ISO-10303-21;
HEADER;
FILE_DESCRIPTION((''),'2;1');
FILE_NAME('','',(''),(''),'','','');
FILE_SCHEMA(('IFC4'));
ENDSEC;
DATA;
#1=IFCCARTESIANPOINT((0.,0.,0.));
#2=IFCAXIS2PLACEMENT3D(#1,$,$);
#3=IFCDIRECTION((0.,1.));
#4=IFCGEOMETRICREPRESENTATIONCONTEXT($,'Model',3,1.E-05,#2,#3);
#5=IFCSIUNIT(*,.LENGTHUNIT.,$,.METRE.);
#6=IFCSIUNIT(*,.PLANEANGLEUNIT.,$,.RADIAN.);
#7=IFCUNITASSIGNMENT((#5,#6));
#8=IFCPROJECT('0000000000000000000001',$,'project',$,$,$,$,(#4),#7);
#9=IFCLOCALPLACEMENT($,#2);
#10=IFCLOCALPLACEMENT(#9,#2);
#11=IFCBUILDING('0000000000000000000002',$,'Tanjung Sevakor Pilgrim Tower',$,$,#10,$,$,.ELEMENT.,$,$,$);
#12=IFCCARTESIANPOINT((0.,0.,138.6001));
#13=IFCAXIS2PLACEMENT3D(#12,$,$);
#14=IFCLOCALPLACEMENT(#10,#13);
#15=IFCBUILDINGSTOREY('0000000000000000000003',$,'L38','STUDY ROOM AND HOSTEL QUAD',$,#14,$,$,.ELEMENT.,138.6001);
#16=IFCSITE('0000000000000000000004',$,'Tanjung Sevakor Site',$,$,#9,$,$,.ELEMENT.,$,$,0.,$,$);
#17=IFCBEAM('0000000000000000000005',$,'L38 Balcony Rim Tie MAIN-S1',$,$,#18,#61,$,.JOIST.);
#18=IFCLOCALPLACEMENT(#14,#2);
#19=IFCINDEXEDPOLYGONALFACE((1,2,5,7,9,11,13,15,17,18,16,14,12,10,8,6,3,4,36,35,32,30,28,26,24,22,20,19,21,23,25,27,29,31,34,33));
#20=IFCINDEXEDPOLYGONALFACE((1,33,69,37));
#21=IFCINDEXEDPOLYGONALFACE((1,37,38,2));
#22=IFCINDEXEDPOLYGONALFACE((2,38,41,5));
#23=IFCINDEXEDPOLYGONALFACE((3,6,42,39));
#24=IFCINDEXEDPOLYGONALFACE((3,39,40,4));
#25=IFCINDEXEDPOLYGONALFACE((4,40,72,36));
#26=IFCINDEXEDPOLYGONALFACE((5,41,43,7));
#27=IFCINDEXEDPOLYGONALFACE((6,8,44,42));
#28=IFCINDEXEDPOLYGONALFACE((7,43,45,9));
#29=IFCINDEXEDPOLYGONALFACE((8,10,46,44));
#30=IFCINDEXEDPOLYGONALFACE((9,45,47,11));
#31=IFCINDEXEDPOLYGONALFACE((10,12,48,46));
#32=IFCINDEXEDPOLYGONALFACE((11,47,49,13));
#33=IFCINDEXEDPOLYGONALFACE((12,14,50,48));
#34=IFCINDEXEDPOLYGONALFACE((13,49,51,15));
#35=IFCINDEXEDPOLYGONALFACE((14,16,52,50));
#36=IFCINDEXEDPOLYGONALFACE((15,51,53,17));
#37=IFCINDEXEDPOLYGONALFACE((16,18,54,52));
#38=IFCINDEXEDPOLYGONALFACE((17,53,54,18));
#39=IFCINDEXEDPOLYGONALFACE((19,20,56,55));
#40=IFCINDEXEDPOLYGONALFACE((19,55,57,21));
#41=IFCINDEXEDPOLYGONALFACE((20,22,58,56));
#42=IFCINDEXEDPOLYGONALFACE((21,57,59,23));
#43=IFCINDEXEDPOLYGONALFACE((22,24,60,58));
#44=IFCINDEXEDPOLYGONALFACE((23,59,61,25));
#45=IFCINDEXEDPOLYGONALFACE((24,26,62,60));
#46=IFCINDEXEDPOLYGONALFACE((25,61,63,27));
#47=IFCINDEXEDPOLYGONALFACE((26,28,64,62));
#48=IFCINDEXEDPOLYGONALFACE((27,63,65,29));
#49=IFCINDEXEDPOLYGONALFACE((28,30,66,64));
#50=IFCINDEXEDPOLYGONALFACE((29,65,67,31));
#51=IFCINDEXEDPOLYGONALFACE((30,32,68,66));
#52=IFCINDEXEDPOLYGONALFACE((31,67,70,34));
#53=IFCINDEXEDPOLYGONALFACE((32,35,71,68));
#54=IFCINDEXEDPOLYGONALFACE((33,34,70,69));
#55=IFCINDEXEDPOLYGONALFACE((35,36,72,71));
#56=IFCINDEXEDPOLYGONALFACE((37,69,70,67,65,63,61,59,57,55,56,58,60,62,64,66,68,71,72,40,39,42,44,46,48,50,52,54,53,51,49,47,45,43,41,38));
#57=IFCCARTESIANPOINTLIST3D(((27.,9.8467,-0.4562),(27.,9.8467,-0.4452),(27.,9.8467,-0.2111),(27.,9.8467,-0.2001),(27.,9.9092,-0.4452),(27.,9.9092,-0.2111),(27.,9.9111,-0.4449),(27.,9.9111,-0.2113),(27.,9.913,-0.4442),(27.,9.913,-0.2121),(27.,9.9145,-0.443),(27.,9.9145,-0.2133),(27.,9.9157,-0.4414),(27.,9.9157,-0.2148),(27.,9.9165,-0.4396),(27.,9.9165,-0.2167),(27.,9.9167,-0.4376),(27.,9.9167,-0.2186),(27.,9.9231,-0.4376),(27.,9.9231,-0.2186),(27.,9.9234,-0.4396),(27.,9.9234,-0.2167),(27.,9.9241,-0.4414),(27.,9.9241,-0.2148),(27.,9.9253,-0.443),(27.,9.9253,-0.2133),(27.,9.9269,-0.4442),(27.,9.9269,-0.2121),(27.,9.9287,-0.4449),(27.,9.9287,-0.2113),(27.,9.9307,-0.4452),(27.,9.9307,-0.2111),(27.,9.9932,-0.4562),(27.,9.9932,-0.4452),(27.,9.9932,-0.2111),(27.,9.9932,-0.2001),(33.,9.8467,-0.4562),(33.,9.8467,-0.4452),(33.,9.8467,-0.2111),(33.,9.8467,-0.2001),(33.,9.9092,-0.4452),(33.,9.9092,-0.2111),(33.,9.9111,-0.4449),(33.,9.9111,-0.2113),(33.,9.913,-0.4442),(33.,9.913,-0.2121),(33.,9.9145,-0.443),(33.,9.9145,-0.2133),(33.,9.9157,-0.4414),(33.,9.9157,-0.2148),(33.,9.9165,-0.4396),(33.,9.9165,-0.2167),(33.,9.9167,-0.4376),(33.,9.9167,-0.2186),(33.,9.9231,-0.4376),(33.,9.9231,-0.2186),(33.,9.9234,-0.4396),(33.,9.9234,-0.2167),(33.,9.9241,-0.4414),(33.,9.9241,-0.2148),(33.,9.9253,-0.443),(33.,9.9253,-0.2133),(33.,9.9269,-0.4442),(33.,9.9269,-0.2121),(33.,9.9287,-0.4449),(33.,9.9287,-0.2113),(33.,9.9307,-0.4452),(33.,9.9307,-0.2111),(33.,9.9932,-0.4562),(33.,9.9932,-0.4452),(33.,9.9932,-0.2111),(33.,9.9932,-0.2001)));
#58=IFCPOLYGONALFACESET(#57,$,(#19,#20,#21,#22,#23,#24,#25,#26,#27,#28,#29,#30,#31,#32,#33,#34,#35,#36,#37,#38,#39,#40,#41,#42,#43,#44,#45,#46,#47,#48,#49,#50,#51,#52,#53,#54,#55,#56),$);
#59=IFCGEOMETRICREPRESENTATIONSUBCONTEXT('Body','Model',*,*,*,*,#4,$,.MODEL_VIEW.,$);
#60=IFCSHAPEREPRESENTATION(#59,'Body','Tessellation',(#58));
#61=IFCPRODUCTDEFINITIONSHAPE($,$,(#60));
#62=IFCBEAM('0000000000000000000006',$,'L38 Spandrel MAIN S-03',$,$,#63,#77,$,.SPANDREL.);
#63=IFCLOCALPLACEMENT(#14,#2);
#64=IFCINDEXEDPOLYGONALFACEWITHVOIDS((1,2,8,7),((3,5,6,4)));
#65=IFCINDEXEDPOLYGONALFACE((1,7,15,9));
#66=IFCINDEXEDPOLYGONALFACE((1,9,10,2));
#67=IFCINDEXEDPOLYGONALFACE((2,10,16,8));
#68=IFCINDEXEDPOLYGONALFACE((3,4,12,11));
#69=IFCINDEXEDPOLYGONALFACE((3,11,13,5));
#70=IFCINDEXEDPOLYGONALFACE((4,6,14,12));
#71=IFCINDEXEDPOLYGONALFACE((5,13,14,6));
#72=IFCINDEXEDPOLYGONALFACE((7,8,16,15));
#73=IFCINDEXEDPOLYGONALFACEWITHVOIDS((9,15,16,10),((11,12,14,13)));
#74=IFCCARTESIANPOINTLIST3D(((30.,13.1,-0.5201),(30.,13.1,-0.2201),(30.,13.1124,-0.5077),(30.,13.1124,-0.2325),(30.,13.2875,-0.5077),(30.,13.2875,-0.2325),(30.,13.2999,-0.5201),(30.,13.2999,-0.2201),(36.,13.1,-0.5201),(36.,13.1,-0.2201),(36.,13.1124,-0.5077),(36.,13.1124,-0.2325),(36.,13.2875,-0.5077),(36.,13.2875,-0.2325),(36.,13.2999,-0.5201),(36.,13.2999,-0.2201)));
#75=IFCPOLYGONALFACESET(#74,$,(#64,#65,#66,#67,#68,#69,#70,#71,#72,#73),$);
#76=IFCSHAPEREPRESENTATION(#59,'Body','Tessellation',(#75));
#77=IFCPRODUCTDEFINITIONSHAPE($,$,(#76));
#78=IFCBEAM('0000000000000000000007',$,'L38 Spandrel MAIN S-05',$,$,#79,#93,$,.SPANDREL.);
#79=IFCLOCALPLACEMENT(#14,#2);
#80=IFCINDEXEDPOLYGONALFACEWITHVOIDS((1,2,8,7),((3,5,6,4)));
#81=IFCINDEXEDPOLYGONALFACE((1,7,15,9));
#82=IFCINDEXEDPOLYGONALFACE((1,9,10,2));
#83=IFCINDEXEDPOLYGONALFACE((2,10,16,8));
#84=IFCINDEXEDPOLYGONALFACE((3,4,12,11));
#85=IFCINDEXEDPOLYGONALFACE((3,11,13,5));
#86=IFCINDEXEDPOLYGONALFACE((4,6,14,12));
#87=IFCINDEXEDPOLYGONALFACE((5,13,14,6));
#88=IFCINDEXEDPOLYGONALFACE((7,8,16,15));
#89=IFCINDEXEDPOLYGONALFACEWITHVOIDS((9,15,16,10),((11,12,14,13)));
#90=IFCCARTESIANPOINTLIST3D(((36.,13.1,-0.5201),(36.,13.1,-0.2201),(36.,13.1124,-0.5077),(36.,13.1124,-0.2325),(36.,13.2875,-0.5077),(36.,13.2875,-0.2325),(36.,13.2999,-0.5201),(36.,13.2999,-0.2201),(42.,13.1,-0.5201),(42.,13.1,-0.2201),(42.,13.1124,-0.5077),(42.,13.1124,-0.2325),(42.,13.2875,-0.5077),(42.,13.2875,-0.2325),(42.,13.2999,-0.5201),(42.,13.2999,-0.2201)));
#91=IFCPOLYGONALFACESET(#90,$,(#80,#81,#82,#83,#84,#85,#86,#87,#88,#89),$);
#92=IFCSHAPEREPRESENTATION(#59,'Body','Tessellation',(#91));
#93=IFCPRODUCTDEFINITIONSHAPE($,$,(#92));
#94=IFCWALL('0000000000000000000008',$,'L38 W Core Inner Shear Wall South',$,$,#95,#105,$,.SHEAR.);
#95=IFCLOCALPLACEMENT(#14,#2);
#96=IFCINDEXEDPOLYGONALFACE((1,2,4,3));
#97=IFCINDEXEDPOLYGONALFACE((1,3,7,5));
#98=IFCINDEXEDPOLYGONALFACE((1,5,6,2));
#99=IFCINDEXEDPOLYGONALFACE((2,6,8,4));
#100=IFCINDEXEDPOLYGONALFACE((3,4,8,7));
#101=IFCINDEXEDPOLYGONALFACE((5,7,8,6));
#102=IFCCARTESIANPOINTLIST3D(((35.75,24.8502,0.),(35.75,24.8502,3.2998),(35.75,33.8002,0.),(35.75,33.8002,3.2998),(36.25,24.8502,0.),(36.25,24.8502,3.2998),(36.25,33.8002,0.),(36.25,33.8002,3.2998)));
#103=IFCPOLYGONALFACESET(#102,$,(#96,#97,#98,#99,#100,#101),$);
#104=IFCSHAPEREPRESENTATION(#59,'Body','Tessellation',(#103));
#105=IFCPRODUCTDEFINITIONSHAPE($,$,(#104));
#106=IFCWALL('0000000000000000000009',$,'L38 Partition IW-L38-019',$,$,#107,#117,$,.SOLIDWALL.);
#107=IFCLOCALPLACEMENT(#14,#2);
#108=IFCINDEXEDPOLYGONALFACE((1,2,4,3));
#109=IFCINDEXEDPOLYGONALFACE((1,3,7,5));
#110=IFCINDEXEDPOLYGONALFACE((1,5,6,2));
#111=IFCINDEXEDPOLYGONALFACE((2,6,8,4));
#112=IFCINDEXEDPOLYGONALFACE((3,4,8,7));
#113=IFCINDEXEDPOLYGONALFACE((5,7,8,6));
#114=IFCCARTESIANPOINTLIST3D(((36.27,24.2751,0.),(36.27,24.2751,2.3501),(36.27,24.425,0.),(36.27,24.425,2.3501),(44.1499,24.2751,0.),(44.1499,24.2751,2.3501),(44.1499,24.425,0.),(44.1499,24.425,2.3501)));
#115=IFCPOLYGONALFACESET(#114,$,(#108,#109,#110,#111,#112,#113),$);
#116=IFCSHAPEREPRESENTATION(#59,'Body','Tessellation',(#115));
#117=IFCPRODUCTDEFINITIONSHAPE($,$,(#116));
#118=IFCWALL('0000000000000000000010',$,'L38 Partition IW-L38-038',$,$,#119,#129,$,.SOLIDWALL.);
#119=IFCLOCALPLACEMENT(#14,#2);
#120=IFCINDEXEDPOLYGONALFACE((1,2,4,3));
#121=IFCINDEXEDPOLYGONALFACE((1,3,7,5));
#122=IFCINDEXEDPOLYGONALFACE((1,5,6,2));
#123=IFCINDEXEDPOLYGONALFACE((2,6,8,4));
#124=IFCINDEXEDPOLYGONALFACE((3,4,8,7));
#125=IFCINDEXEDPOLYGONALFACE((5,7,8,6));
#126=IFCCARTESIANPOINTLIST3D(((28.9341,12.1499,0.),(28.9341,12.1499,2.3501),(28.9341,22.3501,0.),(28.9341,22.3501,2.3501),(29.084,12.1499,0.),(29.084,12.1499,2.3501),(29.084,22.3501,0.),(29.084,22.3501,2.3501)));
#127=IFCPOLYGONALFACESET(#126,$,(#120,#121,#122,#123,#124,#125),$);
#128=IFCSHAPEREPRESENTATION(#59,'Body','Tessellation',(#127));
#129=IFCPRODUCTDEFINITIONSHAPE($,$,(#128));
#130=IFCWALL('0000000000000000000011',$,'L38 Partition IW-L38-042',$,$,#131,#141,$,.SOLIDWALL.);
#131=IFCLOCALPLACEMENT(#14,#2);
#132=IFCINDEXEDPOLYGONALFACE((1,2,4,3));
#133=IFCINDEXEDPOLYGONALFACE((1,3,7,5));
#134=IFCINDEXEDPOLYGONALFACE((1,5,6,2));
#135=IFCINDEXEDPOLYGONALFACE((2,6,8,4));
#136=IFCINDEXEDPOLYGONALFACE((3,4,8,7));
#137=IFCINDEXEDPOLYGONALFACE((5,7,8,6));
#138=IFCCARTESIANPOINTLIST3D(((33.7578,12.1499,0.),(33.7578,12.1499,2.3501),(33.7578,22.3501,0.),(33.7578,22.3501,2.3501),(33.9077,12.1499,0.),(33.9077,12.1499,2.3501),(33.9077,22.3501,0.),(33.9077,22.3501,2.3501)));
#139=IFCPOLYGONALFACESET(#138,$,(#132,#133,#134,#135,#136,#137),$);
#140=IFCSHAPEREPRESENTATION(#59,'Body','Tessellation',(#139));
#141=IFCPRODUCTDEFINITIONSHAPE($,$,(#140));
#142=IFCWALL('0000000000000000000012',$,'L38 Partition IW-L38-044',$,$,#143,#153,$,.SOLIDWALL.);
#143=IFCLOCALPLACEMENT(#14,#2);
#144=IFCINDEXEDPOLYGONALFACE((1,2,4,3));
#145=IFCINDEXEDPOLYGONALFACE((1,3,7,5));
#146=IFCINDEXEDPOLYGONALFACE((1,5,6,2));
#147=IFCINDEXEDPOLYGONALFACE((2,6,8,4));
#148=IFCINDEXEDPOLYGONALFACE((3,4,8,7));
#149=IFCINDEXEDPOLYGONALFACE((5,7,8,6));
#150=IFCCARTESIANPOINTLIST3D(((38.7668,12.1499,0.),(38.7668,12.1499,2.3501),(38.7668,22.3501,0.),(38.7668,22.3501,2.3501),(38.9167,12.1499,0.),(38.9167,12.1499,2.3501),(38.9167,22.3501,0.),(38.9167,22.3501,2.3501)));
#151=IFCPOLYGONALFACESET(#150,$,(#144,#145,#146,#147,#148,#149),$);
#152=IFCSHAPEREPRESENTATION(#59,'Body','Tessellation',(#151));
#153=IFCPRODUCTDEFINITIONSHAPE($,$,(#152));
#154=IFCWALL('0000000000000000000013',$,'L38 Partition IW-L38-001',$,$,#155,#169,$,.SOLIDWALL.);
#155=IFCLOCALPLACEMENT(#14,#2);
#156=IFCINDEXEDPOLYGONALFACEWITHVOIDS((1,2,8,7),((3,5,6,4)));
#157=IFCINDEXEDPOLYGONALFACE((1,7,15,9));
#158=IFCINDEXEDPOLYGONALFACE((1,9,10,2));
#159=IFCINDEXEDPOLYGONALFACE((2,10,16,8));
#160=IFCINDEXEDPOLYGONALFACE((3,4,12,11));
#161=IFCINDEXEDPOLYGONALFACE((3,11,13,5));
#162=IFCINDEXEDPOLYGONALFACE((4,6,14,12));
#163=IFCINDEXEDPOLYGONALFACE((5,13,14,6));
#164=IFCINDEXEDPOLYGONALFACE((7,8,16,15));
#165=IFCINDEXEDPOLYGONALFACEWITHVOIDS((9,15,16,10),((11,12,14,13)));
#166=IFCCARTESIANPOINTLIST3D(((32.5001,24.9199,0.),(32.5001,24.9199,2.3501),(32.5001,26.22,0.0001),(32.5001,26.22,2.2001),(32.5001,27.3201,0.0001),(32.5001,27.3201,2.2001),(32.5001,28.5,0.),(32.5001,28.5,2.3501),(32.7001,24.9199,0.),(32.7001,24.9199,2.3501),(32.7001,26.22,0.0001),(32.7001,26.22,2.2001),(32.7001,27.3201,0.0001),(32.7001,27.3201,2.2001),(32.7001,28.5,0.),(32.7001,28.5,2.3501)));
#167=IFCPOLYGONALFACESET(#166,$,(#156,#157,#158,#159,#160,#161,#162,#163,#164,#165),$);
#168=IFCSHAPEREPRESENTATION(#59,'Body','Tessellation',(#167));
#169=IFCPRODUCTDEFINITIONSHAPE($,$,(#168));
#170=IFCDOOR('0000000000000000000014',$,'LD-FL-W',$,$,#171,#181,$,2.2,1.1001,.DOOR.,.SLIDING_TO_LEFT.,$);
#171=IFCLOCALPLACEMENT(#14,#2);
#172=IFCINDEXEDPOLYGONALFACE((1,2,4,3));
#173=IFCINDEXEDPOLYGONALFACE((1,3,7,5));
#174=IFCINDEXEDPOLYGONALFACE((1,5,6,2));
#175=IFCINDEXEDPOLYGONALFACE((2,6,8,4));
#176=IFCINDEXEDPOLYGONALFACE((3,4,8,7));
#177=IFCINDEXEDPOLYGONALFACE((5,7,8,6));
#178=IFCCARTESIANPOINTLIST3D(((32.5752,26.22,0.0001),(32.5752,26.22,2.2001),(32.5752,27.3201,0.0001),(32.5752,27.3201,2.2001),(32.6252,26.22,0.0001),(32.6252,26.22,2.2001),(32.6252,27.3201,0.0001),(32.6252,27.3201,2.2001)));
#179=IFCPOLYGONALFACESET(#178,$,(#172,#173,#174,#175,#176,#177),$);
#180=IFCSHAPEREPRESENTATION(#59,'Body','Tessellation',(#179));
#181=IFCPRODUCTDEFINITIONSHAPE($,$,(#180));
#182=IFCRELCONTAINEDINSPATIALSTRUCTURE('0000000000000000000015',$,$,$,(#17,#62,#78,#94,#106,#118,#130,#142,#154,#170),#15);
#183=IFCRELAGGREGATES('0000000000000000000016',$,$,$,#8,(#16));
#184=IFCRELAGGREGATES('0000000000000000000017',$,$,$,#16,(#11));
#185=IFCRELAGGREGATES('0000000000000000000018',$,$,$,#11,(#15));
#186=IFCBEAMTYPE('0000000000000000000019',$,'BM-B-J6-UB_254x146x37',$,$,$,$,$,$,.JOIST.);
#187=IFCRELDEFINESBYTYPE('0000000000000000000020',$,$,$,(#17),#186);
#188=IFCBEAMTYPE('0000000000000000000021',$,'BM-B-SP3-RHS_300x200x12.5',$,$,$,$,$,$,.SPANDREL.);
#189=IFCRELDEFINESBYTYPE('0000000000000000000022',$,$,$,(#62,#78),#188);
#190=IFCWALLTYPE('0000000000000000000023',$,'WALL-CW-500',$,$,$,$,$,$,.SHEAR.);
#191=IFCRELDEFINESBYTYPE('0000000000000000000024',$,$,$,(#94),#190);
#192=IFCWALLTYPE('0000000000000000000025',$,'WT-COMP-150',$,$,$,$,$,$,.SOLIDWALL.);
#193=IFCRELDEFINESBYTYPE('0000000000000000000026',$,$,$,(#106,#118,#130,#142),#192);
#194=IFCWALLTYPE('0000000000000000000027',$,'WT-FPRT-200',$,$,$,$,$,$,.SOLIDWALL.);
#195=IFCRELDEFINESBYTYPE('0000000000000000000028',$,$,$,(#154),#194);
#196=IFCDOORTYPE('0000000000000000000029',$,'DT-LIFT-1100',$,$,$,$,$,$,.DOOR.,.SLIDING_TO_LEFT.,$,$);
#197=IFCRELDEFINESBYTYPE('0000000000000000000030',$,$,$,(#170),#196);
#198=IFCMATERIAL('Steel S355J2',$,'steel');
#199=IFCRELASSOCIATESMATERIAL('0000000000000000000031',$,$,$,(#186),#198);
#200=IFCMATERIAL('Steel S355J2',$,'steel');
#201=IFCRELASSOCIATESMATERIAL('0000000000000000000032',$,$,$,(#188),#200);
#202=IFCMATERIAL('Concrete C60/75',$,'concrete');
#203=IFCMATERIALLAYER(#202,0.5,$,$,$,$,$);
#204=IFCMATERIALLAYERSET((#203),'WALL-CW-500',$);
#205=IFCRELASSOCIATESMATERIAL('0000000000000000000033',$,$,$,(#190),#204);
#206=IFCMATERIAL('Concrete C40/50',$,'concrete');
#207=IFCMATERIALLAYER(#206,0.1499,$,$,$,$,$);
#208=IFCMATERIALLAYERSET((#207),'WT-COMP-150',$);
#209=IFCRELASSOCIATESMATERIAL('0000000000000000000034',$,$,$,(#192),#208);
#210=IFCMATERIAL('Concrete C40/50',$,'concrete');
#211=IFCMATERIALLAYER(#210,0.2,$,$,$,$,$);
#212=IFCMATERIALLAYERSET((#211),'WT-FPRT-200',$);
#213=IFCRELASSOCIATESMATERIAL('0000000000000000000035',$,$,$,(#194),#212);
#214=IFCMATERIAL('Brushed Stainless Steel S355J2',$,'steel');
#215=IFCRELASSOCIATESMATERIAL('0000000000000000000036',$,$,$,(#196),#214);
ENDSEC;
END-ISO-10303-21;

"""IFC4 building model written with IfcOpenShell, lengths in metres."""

from ifc_helpers import new_model, si_unit, direction, frame, frame_2d, origin, origin_2d, place, context, subcontext, project, spatial, rectangle, hollow_rectangle, i_section, extrude, material, layer, layer_set, material_profile, profile_set, type_object, element, fill, save


model = new_model("IFC4")

# Units and contexts
model_context = context("Model", 3, precision=1e-05, world=origin(), true_north=direction((0.0, 1.0)))
body_context = subcontext(model_context, "Body", "Model", "MODEL_VIEW")
ifc_project = project(units=[si_unit("LENGTHUNIT", "METRE"), si_unit("PLANEANGLEUNIT", "RADIAN")], contexts=[model_context])

# Site, building, storey
site_placement = place(None, origin())
site = spatial("IfcSite", under=ifc_project, at=site_placement, Name="Tanjung Sevakor Site", CompositionType="ELEMENT", RefElevation=0.0)
building_placement = place(site_placement, origin())
building = spatial("IfcBuilding", under=site, at=building_placement, Name="Tanjung Sevakor Pilgrim Tower", CompositionType="ELEMENT")
storey_placement = place(building_placement, frame((0.0, 0.0, 138.6001)))
storey = spatial("IfcBuildingStorey", under=building, at=storey_placement, Name="L38", Description="STUDY ROOM AND HOSTEL QUAD", CompositionType="ELEMENT", Elevation=138.6001)

# Beams
ifc_material_1 = material(Name="Steel S355J2", Category="steel")
ifc_material_profile_1 = material_profile(ifc_material_1, i_section(OverallWidth=0.1465, OverallDepth=0.2561, WebThickness=0.0063, FlangeThickness=0.011, FilletRadius=0.0076, at=origin_2d()))
ifc_profile_set_1 = profile_set([ifc_material_profile_1], Name="Steel S355J2")
beam_type_1 = type_object("IfcBeamType", Name="BM-B-J6-UB_254x146x37", PredefinedType="JOIST", material=ifc_profile_set_1)
beam_1_placement = place(storey_placement, frame((27.0, 9.9199, -0.3281), z_axis=(1.0, 0.0, 0.0), x_axis=(0.0, 1.0, 0.0)))
element("IfcBeam", 1, at=beam_1_placement, inside=storey, type_object=beam_type_1, Name="L38 Balcony Rim Tie MAIN-S1", PredefinedType="JOIST", context=body_context, shape_type="SweptSolid", body=[
    extrude(i_section(OverallWidth=0.1465, OverallDepth=0.2561, WebThickness=0.0063, FlangeThickness=0.011, FilletRadius=0.0076, at=origin_2d()), origin(), (0.0, 0.0, 1.0), 6.0),
])
ifc_material_2 = material(Name="Steel S355J2", Category="steel")
ifc_material_profile_2 = material_profile(ifc_material_2, hollow_rectangle(XDim=0.2, YDim=0.3, WallThickness=0.0125, at=origin_2d()))
ifc_profile_set_2 = profile_set([ifc_material_profile_2], Name="Steel S355J2")
beam_type_2 = type_object("IfcBeamType", Name="BM-B-SP3-RHS_300x200x12.5", PredefinedType="SPANDREL", material=ifc_profile_set_2)
for number, where, z_axis, x_axis, name in (
    (2, (30.0, 13.2, -0.3701), (1.0, 0.0, 0.0), (0.0, 1.0, 0.0), "L38 Spandrel MAIN S-03"),
    (3, (36.0, 13.2, -0.3701), (1.0, 0.0, 0.0), (0.0, 1.0, 0.0), "L38 Spandrel MAIN S-05"),
):
    element("IfcBeam", number, at=place(storey_placement, frame(where, z_axis=z_axis, x_axis=x_axis)), inside=storey, type_object=beam_type_2, Name=name, PredefinedType="SPANDREL", context=body_context, shape_type="SweptSolid", body=[
        extrude(hollow_rectangle(XDim=0.2, YDim=0.3, WallThickness=0.0125, at=origin_2d()), origin(), (0.0, 0.0, 1.0), 6.0),
    ])

# Wall
ifc_material_3 = material(Name="Concrete C60/75", Category="concrete")
ifc_layer_1 = layer(ifc_material_3, 0.5)
ifc_layer_set_1 = layer_set([ifc_layer_1], Name="WALL-CW-500")
wall_type_1 = type_object("IfcWallType", Name="WALL-CW-500", PredefinedType="SHEAR", material=ifc_layer_set_1)
wall_1_placement = place(storey_placement, frame((36.0, 24.8501, 0.0), z_axis=(0.0, 0.0, 1.0), x_axis=(0.0, 1.0, 0.0)))
element("IfcWall", 4, at=wall_1_placement, inside=storey, type_object=wall_type_1, Name="L38 W Core Inner Shear Wall South", PredefinedType="SHEAR", context=body_context, shape_type="SweptSolid", body=[
    extrude(rectangle(XDim=8.95, YDim=0.5, at=frame_2d((4.4751, 0.0))), origin(), (0.0, 0.0, 1.0), 3.2998),
])

# Walls
ifc_material_4 = material(Name="Concrete C40/50", Category="concrete")
ifc_layer_2 = layer(ifc_material_4, 0.1499)
ifc_layer_set_2 = layer_set([ifc_layer_2], Name="WT-COMP-150")
wall_type_2 = type_object("IfcWallType", Name="WT-COMP-150", PredefinedType="SOLIDWALL", material=ifc_layer_set_2)
wall_2_placement = place(storey_placement, frame((36.27, 24.3501, 0.0), z_axis=(0.0, 0.0, 1.0), x_axis=(1.0, 0.0, 0.0)))
element("IfcWall", 5, at=wall_2_placement, inside=storey, type_object=wall_type_2, Name="L38 Partition IW-L38-019", PredefinedType="SOLIDWALL", context=body_context, shape_type="SweptSolid", body=[
    extrude(rectangle(XDim=7.8799, YDim=0.1499, at=frame_2d((3.9399, 0.0))), origin(), (0.0, 0.0, 1.0), 2.3501),
])
for number, where, z_axis, x_axis, name in (
    (6, (29.009, 12.1499, 0.0), (0.0, 0.0, 1.0), (0.0, 1.0, 0.0), "L38 Partition IW-L38-038"),
    (7, (33.8328, 12.1499, 0.0), (0.0, 0.0, 1.0), (0.0, 1.0, 0.0), "L38 Partition IW-L38-042"),
):
    element("IfcWall", number, at=place(storey_placement, frame(where, z_axis=z_axis, x_axis=x_axis)), inside=storey, type_object=wall_type_2, Name=name, PredefinedType="SOLIDWALL", context=body_context, shape_type="SweptSolid", body=[
        extrude(rectangle(XDim=10.2002, YDim=0.1499, at=frame_2d((5.1001, 0.0))), origin(), (0.0, 0.0, 1.0), 2.3501),
    ])

# Wall
wall_3_placement = place(storey_placement, frame((38.8418, 12.1499, 0.0), z_axis=(0.0, 0.0, 1.0), x_axis=(0.0, 1.0, 0.0)))
element("IfcWall", 8, at=wall_3_placement, inside=storey, type_object=wall_type_2, Name="L38 Partition IW-L38-044", PredefinedType="SOLIDWALL", context=body_context, shape_type="SweptSolid", body=[
    extrude(rectangle(XDim=10.2002, YDim=0.1499, at=frame_2d((5.1001, 0.0))), origin(), (0.0, 0.0, 1.0), 2.3501),
])

# Wall, opening, door
ifc_material_5 = material(Name="Concrete C40/50", Category="concrete")
ifc_layer_3 = layer(ifc_material_5, 0.2)
ifc_layer_set_3 = layer_set([ifc_layer_3], Name="WT-FPRT-200")
wall_type_3 = type_object("IfcWallType", Name="WT-FPRT-200", PredefinedType="SOLIDWALL", material=ifc_layer_set_3)
wall_4_placement = place(storey_placement, frame((32.6001, 24.9199, 0.0), z_axis=(0.0, 0.0, 1.0), x_axis=(0.0, 1.0, 0.0)))
wall_4 = element("IfcWall", 9, at=wall_4_placement, inside=storey, type_object=wall_type_3, Name="L38 Partition IW-L38-001", PredefinedType="SOLIDWALL", context=body_context, shape_type="SweptSolid", body=[
    extrude(rectangle(XDim=3.5801, YDim=0.2, at=frame_2d((1.79, 0.0))), origin(), (0.0, 0.0, 1.0), 2.3501),
])
opening_1_placement = place(wall_4_placement, frame((1.3, 0.0, 0.0)))
opening_1 = element("IfcOpeningElement", 10, at=opening_1_placement, cuts=wall_4, PredefinedType="OPENING", context=body_context, shape_type="SweptSolid", body=[
    extrude(rectangle(XDim=1.1001, YDim=2.2, at=frame_2d((0.55, 1.1001))), frame((0.0, 0.1099, 0.0), z_axis=(0.0, -1.0, 0.0), x_axis=(1.0, 0.0, 0.0)), (0.0, 0.0, 1.0), 0.22),
])
ifc_material_6 = material(Name="Brushed Stainless Steel S355J2", Category="steel")
door_type_1 = type_object("IfcDoorType", Name="DT-LIFT-1100", OperationType="SLIDING_TO_LEFT", PredefinedType="DOOR", material=ifc_material_6)
door_1_placement = place(opening_1_placement, origin())
door_1 = element("IfcDoor", 11, at=door_1_placement, inside=storey, type_object=door_type_1, Name="LD-FL-W", OperationType="SLIDING_TO_LEFT", OverallHeight=2.2, OverallWidth=1.1001, PredefinedType="DOOR", context=body_context, shape_type="SweptSolid", body=[
    extrude(rectangle(XDim=1.1001, YDim=2.2, at=frame_2d((0.55, 1.1001))), frame((0.0, 0.0249, 0.0), z_axis=(0.0, -1.0, 0.0), x_axis=(1.0, 0.0, 0.0)), (0.0, 0.0, 1.0), 0.05),
])
fill(opening_1, door_1)

save(model, "model.ifc")
